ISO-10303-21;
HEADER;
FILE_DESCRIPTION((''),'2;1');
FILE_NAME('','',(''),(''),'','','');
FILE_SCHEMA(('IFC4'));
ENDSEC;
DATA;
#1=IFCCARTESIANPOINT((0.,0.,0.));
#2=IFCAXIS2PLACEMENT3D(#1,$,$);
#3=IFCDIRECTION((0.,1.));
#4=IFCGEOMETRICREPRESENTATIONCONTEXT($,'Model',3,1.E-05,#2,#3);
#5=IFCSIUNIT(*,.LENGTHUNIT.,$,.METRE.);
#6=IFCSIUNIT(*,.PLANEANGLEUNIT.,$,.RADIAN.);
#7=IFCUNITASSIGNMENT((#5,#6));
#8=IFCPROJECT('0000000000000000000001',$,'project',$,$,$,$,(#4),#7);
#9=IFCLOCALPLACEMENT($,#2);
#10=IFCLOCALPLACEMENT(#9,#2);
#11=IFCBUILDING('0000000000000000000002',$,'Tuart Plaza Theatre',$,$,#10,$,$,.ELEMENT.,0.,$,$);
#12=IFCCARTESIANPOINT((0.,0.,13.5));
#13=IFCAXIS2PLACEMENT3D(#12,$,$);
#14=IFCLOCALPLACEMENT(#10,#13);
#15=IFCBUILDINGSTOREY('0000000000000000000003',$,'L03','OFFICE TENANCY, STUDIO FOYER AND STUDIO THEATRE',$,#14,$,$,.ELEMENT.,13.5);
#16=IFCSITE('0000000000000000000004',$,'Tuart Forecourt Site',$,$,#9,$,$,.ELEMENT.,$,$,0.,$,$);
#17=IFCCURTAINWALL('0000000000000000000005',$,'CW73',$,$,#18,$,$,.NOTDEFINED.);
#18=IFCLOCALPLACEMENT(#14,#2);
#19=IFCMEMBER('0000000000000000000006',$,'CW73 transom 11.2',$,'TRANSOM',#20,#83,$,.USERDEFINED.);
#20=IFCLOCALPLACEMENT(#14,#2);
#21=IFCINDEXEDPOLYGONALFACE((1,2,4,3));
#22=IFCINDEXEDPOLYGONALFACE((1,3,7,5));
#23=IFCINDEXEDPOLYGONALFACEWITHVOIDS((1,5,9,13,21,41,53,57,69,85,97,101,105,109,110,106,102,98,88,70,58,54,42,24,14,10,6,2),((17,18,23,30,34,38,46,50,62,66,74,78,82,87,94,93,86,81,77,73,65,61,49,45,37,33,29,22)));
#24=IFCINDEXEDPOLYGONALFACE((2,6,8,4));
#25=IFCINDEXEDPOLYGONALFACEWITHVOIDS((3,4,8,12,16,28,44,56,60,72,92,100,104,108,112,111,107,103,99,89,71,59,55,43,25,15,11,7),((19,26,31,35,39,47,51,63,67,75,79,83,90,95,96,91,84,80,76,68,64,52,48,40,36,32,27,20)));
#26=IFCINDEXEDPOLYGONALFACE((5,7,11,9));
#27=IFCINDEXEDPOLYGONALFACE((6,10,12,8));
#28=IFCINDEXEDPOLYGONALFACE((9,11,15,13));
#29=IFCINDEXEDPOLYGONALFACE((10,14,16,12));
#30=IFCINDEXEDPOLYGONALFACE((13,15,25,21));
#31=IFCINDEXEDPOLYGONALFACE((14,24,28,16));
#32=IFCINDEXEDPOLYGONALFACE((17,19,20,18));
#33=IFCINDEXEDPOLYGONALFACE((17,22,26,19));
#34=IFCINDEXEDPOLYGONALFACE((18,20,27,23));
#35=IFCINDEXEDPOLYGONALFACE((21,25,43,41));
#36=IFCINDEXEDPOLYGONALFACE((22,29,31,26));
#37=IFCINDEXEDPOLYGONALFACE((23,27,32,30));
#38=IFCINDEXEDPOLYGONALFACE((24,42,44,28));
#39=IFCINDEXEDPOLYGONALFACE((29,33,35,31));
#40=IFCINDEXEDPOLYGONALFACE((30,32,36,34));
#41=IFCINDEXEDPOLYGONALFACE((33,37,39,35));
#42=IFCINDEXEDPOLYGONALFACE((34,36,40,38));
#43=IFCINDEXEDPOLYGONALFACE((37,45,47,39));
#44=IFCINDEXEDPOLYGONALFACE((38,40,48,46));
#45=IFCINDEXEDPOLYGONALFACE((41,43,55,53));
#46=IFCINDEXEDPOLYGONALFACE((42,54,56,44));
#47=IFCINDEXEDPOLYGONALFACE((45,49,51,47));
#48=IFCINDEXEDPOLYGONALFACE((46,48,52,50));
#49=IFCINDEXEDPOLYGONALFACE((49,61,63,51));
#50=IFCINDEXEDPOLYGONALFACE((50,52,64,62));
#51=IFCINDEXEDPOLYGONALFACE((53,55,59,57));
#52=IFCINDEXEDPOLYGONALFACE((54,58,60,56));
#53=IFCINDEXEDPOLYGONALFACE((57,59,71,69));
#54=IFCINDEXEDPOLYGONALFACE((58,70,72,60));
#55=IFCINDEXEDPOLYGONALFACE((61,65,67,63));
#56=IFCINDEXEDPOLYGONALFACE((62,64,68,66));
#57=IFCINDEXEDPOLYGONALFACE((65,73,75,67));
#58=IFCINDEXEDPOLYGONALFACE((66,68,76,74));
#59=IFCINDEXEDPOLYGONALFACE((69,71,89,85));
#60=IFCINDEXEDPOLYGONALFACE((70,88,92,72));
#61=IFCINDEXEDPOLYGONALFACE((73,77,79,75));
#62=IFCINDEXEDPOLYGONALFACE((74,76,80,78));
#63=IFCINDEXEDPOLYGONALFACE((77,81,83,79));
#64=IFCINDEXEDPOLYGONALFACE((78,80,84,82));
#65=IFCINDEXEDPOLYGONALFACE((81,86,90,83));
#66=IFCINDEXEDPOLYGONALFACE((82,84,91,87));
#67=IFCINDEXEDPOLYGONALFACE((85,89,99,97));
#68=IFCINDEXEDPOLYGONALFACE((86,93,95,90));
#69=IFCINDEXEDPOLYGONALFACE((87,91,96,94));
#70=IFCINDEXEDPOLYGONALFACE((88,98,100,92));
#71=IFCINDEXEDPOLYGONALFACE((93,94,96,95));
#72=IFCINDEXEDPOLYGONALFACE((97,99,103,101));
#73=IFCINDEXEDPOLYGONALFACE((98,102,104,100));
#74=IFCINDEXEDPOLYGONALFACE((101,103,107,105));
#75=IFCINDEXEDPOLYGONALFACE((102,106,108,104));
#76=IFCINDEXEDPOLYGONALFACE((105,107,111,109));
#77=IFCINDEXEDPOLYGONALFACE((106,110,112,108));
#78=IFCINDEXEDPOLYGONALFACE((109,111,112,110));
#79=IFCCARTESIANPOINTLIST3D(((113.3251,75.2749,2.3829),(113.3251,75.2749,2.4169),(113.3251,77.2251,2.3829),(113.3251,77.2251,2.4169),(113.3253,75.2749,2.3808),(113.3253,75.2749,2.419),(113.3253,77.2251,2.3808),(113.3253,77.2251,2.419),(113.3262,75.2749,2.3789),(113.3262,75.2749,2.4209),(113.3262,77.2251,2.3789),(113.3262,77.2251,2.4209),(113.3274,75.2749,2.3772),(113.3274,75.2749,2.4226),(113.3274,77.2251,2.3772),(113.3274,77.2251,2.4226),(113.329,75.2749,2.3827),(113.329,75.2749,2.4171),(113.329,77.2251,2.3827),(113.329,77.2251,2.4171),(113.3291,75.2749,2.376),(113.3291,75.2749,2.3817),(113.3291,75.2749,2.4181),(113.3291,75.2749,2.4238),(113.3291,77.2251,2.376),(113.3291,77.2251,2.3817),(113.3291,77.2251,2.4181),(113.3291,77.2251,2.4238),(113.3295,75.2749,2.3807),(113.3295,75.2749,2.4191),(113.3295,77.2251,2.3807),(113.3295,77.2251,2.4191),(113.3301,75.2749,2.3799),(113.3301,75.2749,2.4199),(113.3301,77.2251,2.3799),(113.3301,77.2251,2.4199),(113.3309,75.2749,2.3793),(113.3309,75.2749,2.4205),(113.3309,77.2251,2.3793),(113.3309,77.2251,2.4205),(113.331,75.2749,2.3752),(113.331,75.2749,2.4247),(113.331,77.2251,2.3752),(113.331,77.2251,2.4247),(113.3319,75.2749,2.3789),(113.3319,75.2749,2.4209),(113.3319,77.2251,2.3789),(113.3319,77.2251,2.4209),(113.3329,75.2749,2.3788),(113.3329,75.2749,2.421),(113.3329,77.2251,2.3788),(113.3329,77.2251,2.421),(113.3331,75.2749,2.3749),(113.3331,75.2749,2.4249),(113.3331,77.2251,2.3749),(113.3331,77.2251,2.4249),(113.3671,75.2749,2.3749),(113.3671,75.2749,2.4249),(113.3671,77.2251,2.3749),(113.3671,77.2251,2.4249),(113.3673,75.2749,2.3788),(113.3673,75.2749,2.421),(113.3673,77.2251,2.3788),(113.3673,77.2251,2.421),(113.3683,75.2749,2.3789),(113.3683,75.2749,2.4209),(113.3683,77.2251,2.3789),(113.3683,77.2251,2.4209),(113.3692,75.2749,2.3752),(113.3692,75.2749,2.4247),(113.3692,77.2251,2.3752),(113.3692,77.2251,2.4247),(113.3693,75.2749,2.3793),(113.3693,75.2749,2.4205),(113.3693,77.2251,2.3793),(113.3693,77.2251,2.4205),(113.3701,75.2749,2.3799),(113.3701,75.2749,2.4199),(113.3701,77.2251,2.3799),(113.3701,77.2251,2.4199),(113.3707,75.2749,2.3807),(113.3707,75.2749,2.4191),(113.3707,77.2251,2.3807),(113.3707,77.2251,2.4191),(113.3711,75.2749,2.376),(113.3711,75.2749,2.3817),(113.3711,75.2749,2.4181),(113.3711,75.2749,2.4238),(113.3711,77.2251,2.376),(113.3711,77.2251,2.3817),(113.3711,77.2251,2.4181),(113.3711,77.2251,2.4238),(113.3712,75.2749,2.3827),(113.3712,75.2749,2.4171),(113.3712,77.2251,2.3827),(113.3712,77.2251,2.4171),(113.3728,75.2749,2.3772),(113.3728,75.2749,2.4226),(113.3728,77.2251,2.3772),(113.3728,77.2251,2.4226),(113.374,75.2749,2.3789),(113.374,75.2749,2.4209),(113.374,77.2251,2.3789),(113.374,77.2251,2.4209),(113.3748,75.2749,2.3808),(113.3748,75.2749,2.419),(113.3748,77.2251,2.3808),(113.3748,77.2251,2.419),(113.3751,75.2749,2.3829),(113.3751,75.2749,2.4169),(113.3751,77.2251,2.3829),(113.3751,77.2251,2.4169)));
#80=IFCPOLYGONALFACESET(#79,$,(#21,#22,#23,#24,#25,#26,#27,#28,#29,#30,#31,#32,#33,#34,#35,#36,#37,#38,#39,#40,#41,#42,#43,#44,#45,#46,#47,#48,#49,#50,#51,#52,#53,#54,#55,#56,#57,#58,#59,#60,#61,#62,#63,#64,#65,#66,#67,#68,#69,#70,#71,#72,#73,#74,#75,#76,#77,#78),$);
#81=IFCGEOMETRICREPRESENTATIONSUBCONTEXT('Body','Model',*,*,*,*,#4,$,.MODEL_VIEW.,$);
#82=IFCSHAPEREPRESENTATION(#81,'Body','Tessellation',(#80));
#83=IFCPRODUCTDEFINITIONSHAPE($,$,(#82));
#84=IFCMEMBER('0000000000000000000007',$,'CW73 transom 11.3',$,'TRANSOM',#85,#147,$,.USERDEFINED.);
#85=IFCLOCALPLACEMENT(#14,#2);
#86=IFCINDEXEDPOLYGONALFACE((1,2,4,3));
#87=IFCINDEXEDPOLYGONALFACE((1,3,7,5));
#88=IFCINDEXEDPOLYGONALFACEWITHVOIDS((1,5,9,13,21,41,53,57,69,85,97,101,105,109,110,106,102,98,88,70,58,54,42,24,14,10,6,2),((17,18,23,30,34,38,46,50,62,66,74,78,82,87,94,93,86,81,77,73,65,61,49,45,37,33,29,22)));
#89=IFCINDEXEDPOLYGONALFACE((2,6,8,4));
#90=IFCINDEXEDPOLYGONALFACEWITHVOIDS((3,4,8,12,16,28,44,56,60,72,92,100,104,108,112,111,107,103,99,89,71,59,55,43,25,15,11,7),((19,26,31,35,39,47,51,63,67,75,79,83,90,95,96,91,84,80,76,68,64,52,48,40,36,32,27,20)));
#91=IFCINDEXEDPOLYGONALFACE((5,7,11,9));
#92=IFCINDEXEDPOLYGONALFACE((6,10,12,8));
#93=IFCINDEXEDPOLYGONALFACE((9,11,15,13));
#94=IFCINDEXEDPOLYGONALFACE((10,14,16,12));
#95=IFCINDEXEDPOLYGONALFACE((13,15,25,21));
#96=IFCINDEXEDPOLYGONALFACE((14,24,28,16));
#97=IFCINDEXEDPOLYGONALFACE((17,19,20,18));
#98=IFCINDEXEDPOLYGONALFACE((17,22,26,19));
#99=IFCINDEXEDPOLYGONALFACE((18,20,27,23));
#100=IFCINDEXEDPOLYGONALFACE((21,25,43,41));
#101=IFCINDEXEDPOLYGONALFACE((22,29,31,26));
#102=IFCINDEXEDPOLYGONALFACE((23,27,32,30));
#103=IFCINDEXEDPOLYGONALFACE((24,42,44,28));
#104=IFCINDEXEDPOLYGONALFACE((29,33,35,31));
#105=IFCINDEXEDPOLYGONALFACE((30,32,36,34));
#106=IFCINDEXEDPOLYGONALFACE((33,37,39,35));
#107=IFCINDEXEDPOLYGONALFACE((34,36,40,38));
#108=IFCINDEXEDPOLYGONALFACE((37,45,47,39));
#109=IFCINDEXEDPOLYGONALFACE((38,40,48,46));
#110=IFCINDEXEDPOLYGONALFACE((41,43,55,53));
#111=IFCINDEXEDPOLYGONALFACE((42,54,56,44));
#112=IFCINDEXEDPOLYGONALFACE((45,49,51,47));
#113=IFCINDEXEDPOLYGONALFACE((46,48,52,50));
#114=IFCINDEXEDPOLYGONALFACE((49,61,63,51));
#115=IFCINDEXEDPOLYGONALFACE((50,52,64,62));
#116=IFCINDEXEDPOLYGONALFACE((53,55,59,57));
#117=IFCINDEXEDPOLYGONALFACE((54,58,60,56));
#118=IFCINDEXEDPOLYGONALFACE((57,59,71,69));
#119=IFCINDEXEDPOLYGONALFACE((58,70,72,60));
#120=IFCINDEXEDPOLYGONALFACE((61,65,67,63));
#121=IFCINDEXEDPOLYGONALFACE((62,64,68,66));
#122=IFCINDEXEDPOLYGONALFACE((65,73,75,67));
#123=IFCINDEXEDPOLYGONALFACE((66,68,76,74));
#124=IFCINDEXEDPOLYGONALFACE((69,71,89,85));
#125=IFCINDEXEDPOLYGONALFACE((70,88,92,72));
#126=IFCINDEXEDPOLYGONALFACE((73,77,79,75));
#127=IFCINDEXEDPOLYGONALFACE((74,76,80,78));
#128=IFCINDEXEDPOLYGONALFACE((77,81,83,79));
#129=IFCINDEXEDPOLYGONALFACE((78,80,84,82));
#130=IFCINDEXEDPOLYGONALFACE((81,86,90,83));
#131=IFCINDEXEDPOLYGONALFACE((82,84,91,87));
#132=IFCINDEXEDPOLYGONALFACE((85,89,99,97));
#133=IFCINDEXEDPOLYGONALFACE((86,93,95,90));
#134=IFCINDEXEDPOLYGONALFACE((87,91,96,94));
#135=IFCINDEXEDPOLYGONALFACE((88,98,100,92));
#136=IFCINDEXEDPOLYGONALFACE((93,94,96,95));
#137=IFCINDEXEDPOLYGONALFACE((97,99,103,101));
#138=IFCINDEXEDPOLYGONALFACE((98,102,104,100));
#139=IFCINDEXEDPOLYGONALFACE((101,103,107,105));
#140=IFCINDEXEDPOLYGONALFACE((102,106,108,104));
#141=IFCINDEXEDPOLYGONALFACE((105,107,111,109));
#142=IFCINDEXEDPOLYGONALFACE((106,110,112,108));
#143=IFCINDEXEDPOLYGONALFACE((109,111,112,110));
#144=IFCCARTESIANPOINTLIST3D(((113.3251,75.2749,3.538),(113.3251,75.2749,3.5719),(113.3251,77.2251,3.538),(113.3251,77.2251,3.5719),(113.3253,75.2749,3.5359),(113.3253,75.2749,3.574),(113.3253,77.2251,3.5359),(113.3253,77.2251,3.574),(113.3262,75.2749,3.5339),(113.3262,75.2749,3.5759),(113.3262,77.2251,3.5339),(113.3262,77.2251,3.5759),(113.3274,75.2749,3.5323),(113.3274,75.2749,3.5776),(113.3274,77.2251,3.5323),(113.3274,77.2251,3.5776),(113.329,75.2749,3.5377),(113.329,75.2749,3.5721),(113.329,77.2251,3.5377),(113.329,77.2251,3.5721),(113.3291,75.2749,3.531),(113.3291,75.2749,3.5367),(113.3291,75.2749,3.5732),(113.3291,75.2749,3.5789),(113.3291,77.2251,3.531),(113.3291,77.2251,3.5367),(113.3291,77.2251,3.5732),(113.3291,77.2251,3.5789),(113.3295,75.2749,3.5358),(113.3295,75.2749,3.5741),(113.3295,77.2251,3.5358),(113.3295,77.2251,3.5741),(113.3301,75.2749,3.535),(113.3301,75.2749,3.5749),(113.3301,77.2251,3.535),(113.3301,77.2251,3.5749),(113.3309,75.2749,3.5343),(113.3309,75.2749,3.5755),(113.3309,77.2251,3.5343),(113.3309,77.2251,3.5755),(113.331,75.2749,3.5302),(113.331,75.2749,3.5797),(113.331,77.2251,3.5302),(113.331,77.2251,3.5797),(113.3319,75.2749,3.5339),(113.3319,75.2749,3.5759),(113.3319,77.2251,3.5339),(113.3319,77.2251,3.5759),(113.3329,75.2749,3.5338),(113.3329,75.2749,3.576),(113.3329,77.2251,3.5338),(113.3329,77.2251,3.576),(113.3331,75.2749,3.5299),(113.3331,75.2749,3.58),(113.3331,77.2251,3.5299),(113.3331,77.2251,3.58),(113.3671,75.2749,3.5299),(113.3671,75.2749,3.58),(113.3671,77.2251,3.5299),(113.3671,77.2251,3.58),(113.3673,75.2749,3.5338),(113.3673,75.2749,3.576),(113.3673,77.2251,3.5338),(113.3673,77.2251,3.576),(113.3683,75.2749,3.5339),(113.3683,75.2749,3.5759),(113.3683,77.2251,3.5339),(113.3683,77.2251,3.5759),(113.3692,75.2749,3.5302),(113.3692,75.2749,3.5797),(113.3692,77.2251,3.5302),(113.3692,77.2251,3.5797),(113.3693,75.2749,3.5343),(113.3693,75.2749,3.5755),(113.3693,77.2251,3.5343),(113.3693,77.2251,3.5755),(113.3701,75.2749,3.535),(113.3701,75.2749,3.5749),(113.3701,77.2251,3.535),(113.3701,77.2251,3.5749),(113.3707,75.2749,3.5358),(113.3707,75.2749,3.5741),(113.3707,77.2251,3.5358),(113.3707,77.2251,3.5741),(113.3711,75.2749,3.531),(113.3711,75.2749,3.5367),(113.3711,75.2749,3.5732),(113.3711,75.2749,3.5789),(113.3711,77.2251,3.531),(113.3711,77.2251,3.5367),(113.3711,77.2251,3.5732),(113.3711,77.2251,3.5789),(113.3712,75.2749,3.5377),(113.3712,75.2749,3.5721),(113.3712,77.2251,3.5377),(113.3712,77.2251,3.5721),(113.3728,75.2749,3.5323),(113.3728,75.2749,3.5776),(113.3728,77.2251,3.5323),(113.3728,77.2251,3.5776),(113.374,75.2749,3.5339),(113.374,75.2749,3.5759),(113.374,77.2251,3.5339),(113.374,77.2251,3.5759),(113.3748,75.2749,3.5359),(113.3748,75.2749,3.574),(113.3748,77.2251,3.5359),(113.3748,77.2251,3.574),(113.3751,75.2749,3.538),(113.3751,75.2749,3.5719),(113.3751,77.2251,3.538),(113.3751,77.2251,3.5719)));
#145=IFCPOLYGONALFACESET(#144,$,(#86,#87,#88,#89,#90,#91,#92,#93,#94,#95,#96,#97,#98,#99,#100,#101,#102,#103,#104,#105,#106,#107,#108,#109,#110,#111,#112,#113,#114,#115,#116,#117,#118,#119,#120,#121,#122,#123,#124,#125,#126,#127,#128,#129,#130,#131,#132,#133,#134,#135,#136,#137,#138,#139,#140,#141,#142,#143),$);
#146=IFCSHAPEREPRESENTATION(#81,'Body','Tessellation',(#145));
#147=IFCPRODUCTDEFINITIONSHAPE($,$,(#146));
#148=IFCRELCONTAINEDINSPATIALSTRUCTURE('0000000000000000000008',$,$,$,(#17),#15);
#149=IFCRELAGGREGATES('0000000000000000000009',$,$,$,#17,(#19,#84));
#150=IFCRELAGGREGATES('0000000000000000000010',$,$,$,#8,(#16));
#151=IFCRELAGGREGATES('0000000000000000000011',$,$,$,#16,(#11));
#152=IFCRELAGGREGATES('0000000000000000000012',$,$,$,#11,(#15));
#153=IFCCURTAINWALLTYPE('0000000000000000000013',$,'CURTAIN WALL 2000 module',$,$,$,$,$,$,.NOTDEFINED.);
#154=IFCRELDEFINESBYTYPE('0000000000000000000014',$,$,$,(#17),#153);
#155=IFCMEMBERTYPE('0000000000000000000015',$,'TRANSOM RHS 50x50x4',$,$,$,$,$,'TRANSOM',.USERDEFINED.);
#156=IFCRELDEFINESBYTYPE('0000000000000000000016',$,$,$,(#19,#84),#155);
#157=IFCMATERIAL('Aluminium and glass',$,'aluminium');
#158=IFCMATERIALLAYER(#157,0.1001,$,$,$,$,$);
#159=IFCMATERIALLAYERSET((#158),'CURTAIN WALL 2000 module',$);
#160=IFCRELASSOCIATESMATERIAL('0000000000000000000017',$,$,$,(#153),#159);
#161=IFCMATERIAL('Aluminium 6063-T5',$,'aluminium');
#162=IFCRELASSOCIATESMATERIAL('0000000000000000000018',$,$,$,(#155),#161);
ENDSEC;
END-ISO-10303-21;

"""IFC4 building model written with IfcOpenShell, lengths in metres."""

from ifc_helpers import new_model, si_unit, direction, frame, origin, origin_2d, place, context, subcontext, project, spatial, hollow_rectangle, extrude, material, layer, layer_set, material_profile, profile_set, type_object, element, aggregate, save


model = new_model("IFC4")

# Units and contexts
model_context = context("Model", 3, precision=1e-05, world=origin(), true_north=direction((0.0, 1.0)))
body_context = subcontext(model_context, "Body", "Model", "MODEL_VIEW")
ifc_project = project(units=[si_unit("LENGTHUNIT", "METRE"), si_unit("PLANEANGLEUNIT", "RADIAN")], contexts=[model_context])

# Site, building, storey
site_placement = place(None, origin())
site = spatial("IfcSite", under=ifc_project, at=site_placement, Name="Tuart Forecourt Site", CompositionType="ELEMENT", RefElevation=0.0)
building_placement = place(site_placement, origin())
building = spatial("IfcBuilding", under=site, at=building_placement, Name="Tuart Plaza Theatre", CompositionType="ELEMENT", ElevationOfRefHeight=0.0)
storey_placement = place(building_placement, frame((0.0, 0.0, 13.5)))
storey = spatial("IfcBuildingStorey", under=building, at=storey_placement, Name="L03", Description="OFFICE TENANCY, STUDIO FOYER AND STUDIO THEATRE", CompositionType="ELEMENT", Elevation=13.5)

# Curtain wall, members
ifc_material_1 = material(Name="Aluminium and glass", Category="aluminium")
ifc_layer_1 = layer(ifc_material_1, 0.1001)
ifc_layer_set_1 = layer_set([ifc_layer_1], Name="CURTAIN WALL 2000 module")
curtain_wall_type = type_object("IfcCurtainWallType", Name="CURTAIN WALL 2000 module", PredefinedType="NOTDEFINED", material=ifc_layer_set_1)
curtain_wall_placement = place(storey_placement, origin())
curtain_wall = element("IfcCurtainWall", 1, at=curtain_wall_placement, inside=storey, type_object=curtain_wall_type, Name="CW73", PredefinedType="NOTDEFINED")
ifc_material_2 = material(Name="Aluminium 6063-T5", Category="aluminium")
ifc_material_profile_1 = material_profile(ifc_material_2, hollow_rectangle(XDim=0.05, YDim=0.05, WallThickness=0.0039, InnerFilletRadius=0.0039, OuterFilletRadius=0.0081, at=origin_2d()), Name="RHS 50x50x4")
ifc_profile_set_1 = profile_set([ifc_material_profile_1], Name="Aluminium 6063-T5")
member_type_1 = type_object("IfcMemberType", Name="TRANSOM RHS 50x50x4", ElementType="TRANSOM", PredefinedType="USERDEFINED", material=ifc_profile_set_1)
member_1_placement = place(storey_placement, frame((113.3501, 77.2251, 2.3999), z_axis=(0.0, -1.0, 0.0), x_axis=(1.0, 0.0, 0.0)))
member_1 = element("IfcMember", 2, at=member_1_placement, type_object=member_type_1, Name="CW73 transom 11.2", ObjectType="TRANSOM", PredefinedType="USERDEFINED", context=body_context, shape_type="SweptSolid", body=[
    extrude(hollow_rectangle(XDim=0.05, YDim=0.05, WallThickness=0.0039, InnerFilletRadius=0.0039, OuterFilletRadius=0.0081, at=origin_2d()), origin(), (0.0, 0.0, 1.0), 1.9502),
])
member_2_placement = place(storey_placement, frame((113.3501, 77.2251, 3.5549), z_axis=(0.0, -1.0, 0.0), x_axis=(1.0, 0.0, 0.0)))
member_2 = element("IfcMember", 3, at=member_2_placement, type_object=member_type_1, Name="CW73 transom 11.3", ObjectType="TRANSOM", PredefinedType="USERDEFINED", context=body_context, shape_type="SweptSolid", body=[
    extrude(hollow_rectangle(XDim=0.05, YDim=0.05, WallThickness=0.0039, InnerFilletRadius=0.0039, OuterFilletRadius=0.0081, at=origin_2d()), origin(), (0.0, 0.0, 1.0), 1.9502),
])
aggregate(curtain_wall, [member_1, member_2])

save(model, "model.ifc")
